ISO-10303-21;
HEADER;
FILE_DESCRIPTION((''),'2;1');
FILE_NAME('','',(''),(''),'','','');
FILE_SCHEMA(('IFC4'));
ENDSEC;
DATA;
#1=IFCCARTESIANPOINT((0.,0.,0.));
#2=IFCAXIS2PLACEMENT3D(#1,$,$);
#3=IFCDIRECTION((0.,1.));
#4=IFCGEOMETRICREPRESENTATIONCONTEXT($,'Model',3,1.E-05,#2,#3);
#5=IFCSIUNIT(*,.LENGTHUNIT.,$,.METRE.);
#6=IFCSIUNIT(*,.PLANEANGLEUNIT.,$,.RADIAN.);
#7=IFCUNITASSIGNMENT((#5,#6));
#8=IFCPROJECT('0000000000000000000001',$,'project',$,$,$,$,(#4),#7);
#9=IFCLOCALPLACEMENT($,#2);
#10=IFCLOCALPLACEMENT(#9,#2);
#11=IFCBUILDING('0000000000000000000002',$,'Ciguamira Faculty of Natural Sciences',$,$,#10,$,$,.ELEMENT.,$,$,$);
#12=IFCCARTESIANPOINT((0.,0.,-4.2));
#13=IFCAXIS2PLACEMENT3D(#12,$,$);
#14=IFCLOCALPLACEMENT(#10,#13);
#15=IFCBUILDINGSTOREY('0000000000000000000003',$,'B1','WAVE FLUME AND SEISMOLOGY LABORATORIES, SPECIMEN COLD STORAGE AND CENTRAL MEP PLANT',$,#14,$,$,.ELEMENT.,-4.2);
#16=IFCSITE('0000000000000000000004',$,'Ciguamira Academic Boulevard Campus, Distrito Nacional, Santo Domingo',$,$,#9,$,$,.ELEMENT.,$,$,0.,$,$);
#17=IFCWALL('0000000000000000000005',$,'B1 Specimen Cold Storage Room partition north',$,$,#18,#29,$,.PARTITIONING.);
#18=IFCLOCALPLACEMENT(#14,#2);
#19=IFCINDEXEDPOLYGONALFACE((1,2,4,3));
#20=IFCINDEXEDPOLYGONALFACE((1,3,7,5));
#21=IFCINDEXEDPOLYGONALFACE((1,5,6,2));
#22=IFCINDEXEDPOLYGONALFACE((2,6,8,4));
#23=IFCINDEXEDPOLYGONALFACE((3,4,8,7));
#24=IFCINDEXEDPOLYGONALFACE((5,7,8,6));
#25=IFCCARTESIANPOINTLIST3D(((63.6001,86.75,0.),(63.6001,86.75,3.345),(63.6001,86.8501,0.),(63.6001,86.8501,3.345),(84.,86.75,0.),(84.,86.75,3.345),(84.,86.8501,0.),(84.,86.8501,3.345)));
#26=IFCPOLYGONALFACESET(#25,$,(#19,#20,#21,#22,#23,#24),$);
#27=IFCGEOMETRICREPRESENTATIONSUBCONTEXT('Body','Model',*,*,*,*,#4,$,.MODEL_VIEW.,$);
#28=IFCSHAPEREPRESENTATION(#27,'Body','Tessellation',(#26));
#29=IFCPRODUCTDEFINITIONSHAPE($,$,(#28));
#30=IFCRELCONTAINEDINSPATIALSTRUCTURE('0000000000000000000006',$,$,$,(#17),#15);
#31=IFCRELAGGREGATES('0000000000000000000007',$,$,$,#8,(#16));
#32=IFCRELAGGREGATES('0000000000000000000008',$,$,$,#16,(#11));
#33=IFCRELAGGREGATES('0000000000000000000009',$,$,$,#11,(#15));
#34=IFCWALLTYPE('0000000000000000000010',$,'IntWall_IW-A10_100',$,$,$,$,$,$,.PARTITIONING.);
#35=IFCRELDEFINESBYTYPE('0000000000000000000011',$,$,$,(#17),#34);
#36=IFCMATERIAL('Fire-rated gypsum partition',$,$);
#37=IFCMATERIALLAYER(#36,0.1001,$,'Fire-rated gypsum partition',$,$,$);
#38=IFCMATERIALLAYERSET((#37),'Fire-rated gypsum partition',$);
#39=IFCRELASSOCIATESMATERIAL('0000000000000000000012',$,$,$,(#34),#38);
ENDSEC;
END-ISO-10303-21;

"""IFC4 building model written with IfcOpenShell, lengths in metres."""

from ifc_helpers import new_model, si_unit, direction, frame, frame_2d, origin, place, context, subcontext, project, spatial, rectangle, extrude, material, layer, layer_set, type_object, element, save


model = new_model("IFC4")

# Units and contexts
model_context = context("Model", 3, precision=1e-05, world=origin(), true_north=direction((0.0, 1.0)))
body_context = subcontext(model_context, "Body", "Model", "MODEL_VIEW")
ifc_project = project(units=[si_unit("LENGTHUNIT", "METRE"), si_unit("PLANEANGLEUNIT", "RADIAN")], contexts=[model_context])

# Site, building, storey
site_placement = place(None, origin())
site = spatial("IfcSite", under=ifc_project, at=site_placement, Name="Ciguamira Academic Boulevard Campus, Distrito Nacional, Santo Domingo", CompositionType="ELEMENT", RefElevation=0.0)
building_placement = place(site_placement, origin())
building = spatial("IfcBuilding", under=site, at=building_placement, Name="Ciguamira Faculty of Natural Sciences", CompositionType="ELEMENT")
storey_placement = place(building_placement, frame((0.0, 0.0, -4.2)))
storey = spatial("IfcBuildingStorey", under=building, at=storey_placement, Name="B1", Description="WAVE FLUME AND SEISMOLOGY LABORATORIES, SPECIMEN COLD STORAGE AND CENTRAL MEP PLANT", CompositionType="ELEMENT", Elevation=-4.2)

# Wall
ifc_material_1 = material(Name="Fire-rated gypsum partition")
ifc_layer_1 = layer(ifc_material_1, 0.1001, Name="Fire-rated gypsum partition")
ifc_layer_set_1 = layer_set([ifc_layer_1], Name="Fire-rated gypsum partition")
wall_type_1 = type_object("IfcWallType", Name="IntWall_IW-A10_100", PredefinedType="PARTITIONING", material=ifc_layer_set_1)
wall_1_placement = place(storey_placement, frame((63.6001, 86.8, 0.0), z_axis=(0.0, 0.0, 1.0), x_axis=(1.0, 0.0, 0.0)))
element("IfcWall", 1, at=wall_1_placement, inside=storey, type_object=wall_type_1, Name="B1 Specimen Cold Storage Room partition north", PredefinedType="PARTITIONING", context=body_context, shape_type="SweptSolid", body=[
    extrude(rectangle(XDim=20.3999, YDim=0.1001, at=frame_2d((10.2, 0.0))), origin(), (0.0, 0.0, 1.0), 3.345),
])

save(model, "model.ifc")
